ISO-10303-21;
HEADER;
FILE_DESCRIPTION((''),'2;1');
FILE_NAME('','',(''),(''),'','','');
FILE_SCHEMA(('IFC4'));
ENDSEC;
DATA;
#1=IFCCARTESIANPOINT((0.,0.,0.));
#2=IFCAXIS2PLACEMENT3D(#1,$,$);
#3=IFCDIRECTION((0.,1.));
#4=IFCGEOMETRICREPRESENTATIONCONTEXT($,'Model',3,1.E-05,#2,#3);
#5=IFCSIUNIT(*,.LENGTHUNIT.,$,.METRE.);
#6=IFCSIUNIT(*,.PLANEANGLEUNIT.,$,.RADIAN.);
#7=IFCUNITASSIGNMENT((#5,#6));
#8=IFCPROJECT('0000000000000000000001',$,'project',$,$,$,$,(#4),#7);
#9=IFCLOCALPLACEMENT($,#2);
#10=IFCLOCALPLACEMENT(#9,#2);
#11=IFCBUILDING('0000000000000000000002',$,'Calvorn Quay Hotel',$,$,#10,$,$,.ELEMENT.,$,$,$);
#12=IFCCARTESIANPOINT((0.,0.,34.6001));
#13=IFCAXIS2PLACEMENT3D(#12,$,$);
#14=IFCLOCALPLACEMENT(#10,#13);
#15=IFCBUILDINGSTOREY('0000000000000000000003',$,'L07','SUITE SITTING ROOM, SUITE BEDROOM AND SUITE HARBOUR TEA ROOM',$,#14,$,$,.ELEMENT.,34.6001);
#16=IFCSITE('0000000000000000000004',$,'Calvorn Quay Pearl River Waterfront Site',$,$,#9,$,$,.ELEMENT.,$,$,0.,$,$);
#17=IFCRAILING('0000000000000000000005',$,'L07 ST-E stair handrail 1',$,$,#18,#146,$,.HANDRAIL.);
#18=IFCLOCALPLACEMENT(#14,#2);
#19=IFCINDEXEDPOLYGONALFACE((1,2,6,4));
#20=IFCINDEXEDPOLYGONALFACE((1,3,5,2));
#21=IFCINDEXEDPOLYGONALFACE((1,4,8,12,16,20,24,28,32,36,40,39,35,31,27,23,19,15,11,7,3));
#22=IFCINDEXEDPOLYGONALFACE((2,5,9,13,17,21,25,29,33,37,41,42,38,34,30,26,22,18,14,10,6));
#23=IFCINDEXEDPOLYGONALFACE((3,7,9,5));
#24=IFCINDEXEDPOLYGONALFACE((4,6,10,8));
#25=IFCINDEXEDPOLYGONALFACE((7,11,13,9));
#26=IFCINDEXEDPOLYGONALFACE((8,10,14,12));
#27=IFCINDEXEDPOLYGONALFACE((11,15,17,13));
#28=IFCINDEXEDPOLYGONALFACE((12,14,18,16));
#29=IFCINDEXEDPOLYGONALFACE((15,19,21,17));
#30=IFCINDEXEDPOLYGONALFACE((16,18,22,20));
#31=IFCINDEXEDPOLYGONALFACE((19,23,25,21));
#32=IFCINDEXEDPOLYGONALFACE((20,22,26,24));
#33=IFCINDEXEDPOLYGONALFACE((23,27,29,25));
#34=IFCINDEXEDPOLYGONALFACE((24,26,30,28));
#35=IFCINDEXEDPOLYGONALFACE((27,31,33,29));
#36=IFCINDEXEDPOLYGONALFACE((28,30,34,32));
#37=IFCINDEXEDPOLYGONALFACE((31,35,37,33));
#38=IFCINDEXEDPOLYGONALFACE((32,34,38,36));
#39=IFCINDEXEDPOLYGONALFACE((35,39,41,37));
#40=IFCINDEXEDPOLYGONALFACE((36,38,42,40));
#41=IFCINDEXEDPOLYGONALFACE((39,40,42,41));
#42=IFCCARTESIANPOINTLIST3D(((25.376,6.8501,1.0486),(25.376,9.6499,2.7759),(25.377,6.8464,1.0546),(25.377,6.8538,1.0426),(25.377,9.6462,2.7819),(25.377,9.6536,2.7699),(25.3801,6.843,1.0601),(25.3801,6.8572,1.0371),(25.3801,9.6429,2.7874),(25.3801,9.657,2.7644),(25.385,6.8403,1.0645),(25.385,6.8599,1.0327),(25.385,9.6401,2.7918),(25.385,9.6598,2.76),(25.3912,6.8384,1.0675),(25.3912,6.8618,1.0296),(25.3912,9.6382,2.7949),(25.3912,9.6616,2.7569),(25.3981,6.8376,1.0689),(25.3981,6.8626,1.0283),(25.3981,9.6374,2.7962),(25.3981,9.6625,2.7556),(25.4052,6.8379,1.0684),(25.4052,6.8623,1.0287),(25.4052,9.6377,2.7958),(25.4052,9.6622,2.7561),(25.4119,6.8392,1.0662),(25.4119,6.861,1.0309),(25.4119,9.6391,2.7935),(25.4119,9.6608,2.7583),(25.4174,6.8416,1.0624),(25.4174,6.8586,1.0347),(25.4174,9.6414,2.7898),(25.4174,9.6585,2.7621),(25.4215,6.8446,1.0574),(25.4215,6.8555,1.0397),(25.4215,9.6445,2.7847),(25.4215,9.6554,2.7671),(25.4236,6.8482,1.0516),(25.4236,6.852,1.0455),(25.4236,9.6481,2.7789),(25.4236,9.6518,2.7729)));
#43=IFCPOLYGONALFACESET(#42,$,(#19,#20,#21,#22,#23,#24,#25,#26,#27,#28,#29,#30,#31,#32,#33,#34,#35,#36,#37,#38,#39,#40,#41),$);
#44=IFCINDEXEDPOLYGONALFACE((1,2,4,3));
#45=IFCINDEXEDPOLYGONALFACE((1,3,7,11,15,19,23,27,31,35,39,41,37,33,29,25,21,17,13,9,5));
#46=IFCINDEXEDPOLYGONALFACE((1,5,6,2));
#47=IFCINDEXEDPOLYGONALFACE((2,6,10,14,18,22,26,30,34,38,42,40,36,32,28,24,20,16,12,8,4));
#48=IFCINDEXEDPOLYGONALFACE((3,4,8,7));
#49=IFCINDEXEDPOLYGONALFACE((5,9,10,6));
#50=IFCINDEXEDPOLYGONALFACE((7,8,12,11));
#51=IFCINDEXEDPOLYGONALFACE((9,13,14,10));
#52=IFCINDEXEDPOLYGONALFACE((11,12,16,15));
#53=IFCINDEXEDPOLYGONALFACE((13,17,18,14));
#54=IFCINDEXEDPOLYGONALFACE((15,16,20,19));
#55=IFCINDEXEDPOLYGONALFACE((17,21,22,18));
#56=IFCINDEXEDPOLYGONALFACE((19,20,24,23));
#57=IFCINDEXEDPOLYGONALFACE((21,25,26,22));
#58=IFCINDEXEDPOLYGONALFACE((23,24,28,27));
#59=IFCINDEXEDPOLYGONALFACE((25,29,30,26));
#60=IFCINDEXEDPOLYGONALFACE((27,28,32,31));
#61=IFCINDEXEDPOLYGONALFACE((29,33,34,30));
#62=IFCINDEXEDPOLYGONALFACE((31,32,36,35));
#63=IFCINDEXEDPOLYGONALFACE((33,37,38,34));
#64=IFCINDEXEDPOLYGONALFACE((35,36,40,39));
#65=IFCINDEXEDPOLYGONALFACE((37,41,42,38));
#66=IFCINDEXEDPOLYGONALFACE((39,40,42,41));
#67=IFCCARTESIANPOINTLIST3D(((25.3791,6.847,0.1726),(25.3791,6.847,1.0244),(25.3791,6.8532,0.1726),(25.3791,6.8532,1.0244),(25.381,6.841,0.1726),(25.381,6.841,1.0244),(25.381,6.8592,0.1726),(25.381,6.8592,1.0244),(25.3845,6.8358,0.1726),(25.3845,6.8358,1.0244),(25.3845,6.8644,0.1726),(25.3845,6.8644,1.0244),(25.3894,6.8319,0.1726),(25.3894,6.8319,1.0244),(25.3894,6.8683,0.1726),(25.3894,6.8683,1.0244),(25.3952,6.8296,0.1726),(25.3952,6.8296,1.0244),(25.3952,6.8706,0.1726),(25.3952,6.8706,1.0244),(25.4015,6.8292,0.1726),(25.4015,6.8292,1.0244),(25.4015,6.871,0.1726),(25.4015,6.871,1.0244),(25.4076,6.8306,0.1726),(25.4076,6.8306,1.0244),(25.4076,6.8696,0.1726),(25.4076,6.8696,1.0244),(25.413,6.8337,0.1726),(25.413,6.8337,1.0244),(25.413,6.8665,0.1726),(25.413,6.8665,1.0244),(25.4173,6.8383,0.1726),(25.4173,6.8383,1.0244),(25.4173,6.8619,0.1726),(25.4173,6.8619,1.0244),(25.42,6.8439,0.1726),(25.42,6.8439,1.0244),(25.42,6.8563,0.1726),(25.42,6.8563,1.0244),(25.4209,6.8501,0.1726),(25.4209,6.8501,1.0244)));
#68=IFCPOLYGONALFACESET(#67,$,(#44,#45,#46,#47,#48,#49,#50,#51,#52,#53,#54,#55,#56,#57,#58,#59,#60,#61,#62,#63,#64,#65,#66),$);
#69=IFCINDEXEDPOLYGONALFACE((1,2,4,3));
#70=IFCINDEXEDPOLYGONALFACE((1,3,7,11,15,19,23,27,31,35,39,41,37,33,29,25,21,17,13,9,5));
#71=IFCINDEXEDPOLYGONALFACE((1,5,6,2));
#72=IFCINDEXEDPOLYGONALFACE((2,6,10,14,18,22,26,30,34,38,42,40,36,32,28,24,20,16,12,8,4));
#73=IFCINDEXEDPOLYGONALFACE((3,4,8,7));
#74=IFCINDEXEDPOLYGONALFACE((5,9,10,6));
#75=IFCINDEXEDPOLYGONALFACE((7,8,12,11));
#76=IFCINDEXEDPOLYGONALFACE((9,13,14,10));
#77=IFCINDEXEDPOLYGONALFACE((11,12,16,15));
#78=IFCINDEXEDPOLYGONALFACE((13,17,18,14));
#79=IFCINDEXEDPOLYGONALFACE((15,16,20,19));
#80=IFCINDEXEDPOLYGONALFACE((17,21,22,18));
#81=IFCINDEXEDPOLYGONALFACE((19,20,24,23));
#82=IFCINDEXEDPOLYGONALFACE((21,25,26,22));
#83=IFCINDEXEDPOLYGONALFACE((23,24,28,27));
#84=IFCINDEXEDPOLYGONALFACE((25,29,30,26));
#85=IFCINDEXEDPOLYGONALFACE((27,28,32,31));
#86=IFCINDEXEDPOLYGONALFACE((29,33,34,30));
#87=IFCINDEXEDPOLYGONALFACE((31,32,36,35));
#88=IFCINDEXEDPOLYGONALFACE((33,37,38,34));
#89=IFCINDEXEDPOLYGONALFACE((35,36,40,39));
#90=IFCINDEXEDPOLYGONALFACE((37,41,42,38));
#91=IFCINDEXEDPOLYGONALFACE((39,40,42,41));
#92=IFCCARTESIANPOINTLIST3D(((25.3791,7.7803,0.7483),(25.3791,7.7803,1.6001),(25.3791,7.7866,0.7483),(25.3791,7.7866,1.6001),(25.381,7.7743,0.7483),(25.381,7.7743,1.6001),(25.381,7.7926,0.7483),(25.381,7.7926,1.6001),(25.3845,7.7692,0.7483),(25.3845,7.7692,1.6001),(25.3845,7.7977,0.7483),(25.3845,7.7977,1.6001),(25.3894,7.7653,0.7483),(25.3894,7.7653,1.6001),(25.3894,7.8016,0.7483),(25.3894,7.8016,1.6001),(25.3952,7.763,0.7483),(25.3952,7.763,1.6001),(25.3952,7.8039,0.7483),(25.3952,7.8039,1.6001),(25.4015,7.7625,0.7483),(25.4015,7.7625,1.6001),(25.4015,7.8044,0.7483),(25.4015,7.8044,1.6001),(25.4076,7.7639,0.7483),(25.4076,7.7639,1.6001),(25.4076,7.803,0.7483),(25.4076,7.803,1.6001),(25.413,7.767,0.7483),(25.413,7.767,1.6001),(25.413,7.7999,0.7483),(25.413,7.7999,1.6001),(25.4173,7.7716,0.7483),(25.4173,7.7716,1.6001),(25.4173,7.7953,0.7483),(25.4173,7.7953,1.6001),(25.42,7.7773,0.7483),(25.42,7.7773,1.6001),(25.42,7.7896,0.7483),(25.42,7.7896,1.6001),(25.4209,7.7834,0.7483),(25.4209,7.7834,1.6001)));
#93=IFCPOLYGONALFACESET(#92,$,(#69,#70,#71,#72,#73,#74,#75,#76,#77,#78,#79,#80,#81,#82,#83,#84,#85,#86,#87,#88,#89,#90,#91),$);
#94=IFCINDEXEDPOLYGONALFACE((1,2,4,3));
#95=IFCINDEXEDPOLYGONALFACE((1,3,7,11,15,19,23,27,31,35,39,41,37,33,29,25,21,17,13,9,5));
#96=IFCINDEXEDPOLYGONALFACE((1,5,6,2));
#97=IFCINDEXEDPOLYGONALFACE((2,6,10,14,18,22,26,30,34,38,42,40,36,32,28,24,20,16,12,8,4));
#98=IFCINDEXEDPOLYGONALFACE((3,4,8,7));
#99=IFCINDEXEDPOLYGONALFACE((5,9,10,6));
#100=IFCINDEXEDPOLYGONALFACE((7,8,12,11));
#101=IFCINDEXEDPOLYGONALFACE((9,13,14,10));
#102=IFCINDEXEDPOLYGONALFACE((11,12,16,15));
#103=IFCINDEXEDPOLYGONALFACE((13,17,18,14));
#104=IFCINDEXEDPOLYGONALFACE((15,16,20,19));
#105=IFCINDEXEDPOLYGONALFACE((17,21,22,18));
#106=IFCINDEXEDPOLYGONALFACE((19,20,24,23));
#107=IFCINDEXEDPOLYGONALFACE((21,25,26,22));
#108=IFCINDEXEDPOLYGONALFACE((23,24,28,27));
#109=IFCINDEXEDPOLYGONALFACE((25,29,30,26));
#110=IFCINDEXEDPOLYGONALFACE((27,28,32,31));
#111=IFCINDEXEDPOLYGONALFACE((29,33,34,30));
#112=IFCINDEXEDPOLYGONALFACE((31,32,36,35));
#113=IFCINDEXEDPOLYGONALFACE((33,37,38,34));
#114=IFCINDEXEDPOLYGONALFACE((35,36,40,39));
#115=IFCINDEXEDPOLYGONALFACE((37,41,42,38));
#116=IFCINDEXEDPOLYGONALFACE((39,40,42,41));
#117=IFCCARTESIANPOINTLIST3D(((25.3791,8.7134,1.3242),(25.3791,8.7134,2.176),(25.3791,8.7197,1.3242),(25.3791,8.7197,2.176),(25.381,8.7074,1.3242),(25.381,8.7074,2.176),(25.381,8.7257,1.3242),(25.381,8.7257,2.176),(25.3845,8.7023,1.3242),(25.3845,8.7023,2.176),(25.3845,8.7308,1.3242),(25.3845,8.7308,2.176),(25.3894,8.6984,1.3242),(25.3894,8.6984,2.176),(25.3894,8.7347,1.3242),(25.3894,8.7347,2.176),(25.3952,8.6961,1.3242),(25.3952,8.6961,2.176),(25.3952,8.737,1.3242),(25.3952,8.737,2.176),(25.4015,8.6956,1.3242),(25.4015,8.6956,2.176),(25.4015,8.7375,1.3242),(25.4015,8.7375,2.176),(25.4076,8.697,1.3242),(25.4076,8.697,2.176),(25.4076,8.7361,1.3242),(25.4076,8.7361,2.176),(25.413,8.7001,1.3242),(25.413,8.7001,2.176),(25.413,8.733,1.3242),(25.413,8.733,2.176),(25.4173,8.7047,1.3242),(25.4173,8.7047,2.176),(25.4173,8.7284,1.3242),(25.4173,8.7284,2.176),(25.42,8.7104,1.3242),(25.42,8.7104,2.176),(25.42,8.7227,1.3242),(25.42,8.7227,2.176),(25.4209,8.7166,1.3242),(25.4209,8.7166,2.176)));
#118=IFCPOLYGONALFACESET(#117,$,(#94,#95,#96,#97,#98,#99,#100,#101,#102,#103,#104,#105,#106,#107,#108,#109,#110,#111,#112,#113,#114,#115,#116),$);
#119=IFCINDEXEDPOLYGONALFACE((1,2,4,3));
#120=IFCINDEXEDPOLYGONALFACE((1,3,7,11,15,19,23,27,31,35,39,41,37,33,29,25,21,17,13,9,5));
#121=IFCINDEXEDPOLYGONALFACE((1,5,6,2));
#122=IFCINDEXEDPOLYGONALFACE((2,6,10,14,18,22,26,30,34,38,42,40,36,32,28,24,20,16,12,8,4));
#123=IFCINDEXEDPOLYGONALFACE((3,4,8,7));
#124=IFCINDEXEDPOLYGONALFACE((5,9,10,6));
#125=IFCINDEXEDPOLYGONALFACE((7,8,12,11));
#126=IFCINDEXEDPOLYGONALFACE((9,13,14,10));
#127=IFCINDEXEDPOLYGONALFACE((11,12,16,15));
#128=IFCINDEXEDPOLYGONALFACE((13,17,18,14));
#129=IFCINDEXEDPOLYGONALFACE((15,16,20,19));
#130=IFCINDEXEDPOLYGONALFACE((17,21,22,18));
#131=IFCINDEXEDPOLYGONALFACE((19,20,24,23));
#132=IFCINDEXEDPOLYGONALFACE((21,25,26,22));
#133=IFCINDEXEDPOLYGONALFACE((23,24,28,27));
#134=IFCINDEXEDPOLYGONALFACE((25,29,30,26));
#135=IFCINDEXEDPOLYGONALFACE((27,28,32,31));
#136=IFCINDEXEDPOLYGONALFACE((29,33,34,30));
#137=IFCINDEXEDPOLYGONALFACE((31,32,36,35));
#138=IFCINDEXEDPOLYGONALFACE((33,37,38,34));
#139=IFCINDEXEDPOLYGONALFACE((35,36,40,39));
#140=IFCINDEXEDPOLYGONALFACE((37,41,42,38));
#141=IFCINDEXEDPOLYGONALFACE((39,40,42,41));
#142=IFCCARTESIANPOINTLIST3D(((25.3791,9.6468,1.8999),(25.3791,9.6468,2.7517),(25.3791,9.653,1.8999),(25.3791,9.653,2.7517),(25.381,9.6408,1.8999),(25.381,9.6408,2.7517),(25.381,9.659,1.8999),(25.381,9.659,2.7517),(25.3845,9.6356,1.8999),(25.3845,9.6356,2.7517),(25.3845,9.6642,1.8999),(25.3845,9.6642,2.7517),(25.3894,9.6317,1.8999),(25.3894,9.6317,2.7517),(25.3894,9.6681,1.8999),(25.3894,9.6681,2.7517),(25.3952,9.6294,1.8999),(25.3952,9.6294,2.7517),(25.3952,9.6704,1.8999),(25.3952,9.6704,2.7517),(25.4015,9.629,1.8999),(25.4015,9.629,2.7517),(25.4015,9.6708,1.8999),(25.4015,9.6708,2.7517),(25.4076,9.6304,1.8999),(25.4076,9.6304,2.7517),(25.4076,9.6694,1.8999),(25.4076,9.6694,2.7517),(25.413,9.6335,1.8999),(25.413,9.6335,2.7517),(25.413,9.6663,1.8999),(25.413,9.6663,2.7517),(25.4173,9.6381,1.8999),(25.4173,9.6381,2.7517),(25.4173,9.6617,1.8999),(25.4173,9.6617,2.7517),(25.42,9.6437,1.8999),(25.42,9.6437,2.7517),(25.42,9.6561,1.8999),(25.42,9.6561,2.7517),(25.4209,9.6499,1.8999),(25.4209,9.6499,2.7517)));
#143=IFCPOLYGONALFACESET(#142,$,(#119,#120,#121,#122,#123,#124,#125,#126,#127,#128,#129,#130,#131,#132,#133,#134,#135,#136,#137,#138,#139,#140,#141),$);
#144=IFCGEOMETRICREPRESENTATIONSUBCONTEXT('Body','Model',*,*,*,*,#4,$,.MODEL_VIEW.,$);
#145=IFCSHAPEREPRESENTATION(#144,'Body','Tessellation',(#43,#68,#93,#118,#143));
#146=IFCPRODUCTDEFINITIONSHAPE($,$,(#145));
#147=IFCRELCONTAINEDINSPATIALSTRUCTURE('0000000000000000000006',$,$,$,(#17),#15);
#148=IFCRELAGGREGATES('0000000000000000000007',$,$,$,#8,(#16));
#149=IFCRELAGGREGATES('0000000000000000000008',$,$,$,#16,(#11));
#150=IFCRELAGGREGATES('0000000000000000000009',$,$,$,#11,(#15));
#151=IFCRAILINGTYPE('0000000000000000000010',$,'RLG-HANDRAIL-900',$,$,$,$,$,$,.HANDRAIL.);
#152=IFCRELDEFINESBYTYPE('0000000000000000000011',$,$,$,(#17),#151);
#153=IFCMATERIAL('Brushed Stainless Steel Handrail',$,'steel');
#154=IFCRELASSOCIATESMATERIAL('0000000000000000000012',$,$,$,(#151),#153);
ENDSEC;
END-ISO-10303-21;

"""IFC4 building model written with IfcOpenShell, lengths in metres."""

from ifc_helpers import new_model, si_unit, direction, frame, origin, origin_2d, place, context, subcontext, project, spatial, circle, extrude, material, type_object, element, save


model = new_model("IFC4")

# Units and contexts
model_context = context("Model", 3, precision=1e-05, world=origin(), true_north=direction((0.0, 1.0)))
body_context = subcontext(model_context, "Body", "Model", "MODEL_VIEW")
ifc_project = project(units=[si_unit("LENGTHUNIT", "METRE"), si_unit("PLANEANGLEUNIT", "RADIAN")], contexts=[model_context])

# Site, building, storey
site_placement = place(None, origin())
site = spatial("IfcSite", under=ifc_project, at=site_placement, Name="Calvorn Quay Pearl River Waterfront Site", CompositionType="ELEMENT", RefElevation=0.0)
building_placement = place(site_placement, origin())
building = spatial("IfcBuilding", under=site, at=building_placement, Name="Calvorn Quay Hotel", CompositionType="ELEMENT")
storey_placement = place(building_placement, frame((0.0, 0.0, 34.6001)))
storey = spatial("IfcBuildingStorey", under=building, at=storey_placement, Name="L07", Description="SUITE SITTING ROOM, SUITE BEDROOM AND SUITE HARBOUR TEA ROOM", CompositionType="ELEMENT", Elevation=34.6001)

# Railing
ifc_material_1 = material(Name="Brushed Stainless Steel Handrail", Category="steel")
railing_type_1 = type_object("IfcRailingType", Name="RLG-HANDRAIL-900", PredefinedType="HANDRAIL", material=ifc_material_1)
railing_1_placement = place(storey_placement, frame((25.3999, 6.8501, 0.1726)))
element("IfcRailing", 1, at=railing_1_placement, inside=storey, type_object=railing_type_1, Name="L07 ST-E stair handrail 1", PredefinedType="HANDRAIL", context=body_context, shape_type="SweptSolid", body=[
    extrude(circle(Radius=0.0239, at=origin_2d()), frame((0.0, 0.0, 0.876), z_axis=(0.0, 0.851069, 0.525054), x_axis=(-1.0, 0.0, 0.0)), (0.0, 0.0, 1.0), 3.2898),
    extrude(circle(Radius=0.021, at=origin_2d()), origin(), (0.0, 0.0, 1.0), 0.8518),
    extrude(circle(Radius=0.021, at=origin_2d()), frame((0.0, 0.9333, 0.5757)), (0.0, 0.0, 1.0), 0.8518),
    extrude(circle(Radius=0.021, at=origin_2d()), frame((0.0, 1.8665, 1.1516)), (0.0, 0.0, 1.0), 0.8518),
    extrude(circle(Radius=0.021, at=origin_2d()), frame((0.0, 2.7998, 1.7273)), (0.0, 0.0, 1.0), 0.8518),
])

save(model, "model.ifc")
